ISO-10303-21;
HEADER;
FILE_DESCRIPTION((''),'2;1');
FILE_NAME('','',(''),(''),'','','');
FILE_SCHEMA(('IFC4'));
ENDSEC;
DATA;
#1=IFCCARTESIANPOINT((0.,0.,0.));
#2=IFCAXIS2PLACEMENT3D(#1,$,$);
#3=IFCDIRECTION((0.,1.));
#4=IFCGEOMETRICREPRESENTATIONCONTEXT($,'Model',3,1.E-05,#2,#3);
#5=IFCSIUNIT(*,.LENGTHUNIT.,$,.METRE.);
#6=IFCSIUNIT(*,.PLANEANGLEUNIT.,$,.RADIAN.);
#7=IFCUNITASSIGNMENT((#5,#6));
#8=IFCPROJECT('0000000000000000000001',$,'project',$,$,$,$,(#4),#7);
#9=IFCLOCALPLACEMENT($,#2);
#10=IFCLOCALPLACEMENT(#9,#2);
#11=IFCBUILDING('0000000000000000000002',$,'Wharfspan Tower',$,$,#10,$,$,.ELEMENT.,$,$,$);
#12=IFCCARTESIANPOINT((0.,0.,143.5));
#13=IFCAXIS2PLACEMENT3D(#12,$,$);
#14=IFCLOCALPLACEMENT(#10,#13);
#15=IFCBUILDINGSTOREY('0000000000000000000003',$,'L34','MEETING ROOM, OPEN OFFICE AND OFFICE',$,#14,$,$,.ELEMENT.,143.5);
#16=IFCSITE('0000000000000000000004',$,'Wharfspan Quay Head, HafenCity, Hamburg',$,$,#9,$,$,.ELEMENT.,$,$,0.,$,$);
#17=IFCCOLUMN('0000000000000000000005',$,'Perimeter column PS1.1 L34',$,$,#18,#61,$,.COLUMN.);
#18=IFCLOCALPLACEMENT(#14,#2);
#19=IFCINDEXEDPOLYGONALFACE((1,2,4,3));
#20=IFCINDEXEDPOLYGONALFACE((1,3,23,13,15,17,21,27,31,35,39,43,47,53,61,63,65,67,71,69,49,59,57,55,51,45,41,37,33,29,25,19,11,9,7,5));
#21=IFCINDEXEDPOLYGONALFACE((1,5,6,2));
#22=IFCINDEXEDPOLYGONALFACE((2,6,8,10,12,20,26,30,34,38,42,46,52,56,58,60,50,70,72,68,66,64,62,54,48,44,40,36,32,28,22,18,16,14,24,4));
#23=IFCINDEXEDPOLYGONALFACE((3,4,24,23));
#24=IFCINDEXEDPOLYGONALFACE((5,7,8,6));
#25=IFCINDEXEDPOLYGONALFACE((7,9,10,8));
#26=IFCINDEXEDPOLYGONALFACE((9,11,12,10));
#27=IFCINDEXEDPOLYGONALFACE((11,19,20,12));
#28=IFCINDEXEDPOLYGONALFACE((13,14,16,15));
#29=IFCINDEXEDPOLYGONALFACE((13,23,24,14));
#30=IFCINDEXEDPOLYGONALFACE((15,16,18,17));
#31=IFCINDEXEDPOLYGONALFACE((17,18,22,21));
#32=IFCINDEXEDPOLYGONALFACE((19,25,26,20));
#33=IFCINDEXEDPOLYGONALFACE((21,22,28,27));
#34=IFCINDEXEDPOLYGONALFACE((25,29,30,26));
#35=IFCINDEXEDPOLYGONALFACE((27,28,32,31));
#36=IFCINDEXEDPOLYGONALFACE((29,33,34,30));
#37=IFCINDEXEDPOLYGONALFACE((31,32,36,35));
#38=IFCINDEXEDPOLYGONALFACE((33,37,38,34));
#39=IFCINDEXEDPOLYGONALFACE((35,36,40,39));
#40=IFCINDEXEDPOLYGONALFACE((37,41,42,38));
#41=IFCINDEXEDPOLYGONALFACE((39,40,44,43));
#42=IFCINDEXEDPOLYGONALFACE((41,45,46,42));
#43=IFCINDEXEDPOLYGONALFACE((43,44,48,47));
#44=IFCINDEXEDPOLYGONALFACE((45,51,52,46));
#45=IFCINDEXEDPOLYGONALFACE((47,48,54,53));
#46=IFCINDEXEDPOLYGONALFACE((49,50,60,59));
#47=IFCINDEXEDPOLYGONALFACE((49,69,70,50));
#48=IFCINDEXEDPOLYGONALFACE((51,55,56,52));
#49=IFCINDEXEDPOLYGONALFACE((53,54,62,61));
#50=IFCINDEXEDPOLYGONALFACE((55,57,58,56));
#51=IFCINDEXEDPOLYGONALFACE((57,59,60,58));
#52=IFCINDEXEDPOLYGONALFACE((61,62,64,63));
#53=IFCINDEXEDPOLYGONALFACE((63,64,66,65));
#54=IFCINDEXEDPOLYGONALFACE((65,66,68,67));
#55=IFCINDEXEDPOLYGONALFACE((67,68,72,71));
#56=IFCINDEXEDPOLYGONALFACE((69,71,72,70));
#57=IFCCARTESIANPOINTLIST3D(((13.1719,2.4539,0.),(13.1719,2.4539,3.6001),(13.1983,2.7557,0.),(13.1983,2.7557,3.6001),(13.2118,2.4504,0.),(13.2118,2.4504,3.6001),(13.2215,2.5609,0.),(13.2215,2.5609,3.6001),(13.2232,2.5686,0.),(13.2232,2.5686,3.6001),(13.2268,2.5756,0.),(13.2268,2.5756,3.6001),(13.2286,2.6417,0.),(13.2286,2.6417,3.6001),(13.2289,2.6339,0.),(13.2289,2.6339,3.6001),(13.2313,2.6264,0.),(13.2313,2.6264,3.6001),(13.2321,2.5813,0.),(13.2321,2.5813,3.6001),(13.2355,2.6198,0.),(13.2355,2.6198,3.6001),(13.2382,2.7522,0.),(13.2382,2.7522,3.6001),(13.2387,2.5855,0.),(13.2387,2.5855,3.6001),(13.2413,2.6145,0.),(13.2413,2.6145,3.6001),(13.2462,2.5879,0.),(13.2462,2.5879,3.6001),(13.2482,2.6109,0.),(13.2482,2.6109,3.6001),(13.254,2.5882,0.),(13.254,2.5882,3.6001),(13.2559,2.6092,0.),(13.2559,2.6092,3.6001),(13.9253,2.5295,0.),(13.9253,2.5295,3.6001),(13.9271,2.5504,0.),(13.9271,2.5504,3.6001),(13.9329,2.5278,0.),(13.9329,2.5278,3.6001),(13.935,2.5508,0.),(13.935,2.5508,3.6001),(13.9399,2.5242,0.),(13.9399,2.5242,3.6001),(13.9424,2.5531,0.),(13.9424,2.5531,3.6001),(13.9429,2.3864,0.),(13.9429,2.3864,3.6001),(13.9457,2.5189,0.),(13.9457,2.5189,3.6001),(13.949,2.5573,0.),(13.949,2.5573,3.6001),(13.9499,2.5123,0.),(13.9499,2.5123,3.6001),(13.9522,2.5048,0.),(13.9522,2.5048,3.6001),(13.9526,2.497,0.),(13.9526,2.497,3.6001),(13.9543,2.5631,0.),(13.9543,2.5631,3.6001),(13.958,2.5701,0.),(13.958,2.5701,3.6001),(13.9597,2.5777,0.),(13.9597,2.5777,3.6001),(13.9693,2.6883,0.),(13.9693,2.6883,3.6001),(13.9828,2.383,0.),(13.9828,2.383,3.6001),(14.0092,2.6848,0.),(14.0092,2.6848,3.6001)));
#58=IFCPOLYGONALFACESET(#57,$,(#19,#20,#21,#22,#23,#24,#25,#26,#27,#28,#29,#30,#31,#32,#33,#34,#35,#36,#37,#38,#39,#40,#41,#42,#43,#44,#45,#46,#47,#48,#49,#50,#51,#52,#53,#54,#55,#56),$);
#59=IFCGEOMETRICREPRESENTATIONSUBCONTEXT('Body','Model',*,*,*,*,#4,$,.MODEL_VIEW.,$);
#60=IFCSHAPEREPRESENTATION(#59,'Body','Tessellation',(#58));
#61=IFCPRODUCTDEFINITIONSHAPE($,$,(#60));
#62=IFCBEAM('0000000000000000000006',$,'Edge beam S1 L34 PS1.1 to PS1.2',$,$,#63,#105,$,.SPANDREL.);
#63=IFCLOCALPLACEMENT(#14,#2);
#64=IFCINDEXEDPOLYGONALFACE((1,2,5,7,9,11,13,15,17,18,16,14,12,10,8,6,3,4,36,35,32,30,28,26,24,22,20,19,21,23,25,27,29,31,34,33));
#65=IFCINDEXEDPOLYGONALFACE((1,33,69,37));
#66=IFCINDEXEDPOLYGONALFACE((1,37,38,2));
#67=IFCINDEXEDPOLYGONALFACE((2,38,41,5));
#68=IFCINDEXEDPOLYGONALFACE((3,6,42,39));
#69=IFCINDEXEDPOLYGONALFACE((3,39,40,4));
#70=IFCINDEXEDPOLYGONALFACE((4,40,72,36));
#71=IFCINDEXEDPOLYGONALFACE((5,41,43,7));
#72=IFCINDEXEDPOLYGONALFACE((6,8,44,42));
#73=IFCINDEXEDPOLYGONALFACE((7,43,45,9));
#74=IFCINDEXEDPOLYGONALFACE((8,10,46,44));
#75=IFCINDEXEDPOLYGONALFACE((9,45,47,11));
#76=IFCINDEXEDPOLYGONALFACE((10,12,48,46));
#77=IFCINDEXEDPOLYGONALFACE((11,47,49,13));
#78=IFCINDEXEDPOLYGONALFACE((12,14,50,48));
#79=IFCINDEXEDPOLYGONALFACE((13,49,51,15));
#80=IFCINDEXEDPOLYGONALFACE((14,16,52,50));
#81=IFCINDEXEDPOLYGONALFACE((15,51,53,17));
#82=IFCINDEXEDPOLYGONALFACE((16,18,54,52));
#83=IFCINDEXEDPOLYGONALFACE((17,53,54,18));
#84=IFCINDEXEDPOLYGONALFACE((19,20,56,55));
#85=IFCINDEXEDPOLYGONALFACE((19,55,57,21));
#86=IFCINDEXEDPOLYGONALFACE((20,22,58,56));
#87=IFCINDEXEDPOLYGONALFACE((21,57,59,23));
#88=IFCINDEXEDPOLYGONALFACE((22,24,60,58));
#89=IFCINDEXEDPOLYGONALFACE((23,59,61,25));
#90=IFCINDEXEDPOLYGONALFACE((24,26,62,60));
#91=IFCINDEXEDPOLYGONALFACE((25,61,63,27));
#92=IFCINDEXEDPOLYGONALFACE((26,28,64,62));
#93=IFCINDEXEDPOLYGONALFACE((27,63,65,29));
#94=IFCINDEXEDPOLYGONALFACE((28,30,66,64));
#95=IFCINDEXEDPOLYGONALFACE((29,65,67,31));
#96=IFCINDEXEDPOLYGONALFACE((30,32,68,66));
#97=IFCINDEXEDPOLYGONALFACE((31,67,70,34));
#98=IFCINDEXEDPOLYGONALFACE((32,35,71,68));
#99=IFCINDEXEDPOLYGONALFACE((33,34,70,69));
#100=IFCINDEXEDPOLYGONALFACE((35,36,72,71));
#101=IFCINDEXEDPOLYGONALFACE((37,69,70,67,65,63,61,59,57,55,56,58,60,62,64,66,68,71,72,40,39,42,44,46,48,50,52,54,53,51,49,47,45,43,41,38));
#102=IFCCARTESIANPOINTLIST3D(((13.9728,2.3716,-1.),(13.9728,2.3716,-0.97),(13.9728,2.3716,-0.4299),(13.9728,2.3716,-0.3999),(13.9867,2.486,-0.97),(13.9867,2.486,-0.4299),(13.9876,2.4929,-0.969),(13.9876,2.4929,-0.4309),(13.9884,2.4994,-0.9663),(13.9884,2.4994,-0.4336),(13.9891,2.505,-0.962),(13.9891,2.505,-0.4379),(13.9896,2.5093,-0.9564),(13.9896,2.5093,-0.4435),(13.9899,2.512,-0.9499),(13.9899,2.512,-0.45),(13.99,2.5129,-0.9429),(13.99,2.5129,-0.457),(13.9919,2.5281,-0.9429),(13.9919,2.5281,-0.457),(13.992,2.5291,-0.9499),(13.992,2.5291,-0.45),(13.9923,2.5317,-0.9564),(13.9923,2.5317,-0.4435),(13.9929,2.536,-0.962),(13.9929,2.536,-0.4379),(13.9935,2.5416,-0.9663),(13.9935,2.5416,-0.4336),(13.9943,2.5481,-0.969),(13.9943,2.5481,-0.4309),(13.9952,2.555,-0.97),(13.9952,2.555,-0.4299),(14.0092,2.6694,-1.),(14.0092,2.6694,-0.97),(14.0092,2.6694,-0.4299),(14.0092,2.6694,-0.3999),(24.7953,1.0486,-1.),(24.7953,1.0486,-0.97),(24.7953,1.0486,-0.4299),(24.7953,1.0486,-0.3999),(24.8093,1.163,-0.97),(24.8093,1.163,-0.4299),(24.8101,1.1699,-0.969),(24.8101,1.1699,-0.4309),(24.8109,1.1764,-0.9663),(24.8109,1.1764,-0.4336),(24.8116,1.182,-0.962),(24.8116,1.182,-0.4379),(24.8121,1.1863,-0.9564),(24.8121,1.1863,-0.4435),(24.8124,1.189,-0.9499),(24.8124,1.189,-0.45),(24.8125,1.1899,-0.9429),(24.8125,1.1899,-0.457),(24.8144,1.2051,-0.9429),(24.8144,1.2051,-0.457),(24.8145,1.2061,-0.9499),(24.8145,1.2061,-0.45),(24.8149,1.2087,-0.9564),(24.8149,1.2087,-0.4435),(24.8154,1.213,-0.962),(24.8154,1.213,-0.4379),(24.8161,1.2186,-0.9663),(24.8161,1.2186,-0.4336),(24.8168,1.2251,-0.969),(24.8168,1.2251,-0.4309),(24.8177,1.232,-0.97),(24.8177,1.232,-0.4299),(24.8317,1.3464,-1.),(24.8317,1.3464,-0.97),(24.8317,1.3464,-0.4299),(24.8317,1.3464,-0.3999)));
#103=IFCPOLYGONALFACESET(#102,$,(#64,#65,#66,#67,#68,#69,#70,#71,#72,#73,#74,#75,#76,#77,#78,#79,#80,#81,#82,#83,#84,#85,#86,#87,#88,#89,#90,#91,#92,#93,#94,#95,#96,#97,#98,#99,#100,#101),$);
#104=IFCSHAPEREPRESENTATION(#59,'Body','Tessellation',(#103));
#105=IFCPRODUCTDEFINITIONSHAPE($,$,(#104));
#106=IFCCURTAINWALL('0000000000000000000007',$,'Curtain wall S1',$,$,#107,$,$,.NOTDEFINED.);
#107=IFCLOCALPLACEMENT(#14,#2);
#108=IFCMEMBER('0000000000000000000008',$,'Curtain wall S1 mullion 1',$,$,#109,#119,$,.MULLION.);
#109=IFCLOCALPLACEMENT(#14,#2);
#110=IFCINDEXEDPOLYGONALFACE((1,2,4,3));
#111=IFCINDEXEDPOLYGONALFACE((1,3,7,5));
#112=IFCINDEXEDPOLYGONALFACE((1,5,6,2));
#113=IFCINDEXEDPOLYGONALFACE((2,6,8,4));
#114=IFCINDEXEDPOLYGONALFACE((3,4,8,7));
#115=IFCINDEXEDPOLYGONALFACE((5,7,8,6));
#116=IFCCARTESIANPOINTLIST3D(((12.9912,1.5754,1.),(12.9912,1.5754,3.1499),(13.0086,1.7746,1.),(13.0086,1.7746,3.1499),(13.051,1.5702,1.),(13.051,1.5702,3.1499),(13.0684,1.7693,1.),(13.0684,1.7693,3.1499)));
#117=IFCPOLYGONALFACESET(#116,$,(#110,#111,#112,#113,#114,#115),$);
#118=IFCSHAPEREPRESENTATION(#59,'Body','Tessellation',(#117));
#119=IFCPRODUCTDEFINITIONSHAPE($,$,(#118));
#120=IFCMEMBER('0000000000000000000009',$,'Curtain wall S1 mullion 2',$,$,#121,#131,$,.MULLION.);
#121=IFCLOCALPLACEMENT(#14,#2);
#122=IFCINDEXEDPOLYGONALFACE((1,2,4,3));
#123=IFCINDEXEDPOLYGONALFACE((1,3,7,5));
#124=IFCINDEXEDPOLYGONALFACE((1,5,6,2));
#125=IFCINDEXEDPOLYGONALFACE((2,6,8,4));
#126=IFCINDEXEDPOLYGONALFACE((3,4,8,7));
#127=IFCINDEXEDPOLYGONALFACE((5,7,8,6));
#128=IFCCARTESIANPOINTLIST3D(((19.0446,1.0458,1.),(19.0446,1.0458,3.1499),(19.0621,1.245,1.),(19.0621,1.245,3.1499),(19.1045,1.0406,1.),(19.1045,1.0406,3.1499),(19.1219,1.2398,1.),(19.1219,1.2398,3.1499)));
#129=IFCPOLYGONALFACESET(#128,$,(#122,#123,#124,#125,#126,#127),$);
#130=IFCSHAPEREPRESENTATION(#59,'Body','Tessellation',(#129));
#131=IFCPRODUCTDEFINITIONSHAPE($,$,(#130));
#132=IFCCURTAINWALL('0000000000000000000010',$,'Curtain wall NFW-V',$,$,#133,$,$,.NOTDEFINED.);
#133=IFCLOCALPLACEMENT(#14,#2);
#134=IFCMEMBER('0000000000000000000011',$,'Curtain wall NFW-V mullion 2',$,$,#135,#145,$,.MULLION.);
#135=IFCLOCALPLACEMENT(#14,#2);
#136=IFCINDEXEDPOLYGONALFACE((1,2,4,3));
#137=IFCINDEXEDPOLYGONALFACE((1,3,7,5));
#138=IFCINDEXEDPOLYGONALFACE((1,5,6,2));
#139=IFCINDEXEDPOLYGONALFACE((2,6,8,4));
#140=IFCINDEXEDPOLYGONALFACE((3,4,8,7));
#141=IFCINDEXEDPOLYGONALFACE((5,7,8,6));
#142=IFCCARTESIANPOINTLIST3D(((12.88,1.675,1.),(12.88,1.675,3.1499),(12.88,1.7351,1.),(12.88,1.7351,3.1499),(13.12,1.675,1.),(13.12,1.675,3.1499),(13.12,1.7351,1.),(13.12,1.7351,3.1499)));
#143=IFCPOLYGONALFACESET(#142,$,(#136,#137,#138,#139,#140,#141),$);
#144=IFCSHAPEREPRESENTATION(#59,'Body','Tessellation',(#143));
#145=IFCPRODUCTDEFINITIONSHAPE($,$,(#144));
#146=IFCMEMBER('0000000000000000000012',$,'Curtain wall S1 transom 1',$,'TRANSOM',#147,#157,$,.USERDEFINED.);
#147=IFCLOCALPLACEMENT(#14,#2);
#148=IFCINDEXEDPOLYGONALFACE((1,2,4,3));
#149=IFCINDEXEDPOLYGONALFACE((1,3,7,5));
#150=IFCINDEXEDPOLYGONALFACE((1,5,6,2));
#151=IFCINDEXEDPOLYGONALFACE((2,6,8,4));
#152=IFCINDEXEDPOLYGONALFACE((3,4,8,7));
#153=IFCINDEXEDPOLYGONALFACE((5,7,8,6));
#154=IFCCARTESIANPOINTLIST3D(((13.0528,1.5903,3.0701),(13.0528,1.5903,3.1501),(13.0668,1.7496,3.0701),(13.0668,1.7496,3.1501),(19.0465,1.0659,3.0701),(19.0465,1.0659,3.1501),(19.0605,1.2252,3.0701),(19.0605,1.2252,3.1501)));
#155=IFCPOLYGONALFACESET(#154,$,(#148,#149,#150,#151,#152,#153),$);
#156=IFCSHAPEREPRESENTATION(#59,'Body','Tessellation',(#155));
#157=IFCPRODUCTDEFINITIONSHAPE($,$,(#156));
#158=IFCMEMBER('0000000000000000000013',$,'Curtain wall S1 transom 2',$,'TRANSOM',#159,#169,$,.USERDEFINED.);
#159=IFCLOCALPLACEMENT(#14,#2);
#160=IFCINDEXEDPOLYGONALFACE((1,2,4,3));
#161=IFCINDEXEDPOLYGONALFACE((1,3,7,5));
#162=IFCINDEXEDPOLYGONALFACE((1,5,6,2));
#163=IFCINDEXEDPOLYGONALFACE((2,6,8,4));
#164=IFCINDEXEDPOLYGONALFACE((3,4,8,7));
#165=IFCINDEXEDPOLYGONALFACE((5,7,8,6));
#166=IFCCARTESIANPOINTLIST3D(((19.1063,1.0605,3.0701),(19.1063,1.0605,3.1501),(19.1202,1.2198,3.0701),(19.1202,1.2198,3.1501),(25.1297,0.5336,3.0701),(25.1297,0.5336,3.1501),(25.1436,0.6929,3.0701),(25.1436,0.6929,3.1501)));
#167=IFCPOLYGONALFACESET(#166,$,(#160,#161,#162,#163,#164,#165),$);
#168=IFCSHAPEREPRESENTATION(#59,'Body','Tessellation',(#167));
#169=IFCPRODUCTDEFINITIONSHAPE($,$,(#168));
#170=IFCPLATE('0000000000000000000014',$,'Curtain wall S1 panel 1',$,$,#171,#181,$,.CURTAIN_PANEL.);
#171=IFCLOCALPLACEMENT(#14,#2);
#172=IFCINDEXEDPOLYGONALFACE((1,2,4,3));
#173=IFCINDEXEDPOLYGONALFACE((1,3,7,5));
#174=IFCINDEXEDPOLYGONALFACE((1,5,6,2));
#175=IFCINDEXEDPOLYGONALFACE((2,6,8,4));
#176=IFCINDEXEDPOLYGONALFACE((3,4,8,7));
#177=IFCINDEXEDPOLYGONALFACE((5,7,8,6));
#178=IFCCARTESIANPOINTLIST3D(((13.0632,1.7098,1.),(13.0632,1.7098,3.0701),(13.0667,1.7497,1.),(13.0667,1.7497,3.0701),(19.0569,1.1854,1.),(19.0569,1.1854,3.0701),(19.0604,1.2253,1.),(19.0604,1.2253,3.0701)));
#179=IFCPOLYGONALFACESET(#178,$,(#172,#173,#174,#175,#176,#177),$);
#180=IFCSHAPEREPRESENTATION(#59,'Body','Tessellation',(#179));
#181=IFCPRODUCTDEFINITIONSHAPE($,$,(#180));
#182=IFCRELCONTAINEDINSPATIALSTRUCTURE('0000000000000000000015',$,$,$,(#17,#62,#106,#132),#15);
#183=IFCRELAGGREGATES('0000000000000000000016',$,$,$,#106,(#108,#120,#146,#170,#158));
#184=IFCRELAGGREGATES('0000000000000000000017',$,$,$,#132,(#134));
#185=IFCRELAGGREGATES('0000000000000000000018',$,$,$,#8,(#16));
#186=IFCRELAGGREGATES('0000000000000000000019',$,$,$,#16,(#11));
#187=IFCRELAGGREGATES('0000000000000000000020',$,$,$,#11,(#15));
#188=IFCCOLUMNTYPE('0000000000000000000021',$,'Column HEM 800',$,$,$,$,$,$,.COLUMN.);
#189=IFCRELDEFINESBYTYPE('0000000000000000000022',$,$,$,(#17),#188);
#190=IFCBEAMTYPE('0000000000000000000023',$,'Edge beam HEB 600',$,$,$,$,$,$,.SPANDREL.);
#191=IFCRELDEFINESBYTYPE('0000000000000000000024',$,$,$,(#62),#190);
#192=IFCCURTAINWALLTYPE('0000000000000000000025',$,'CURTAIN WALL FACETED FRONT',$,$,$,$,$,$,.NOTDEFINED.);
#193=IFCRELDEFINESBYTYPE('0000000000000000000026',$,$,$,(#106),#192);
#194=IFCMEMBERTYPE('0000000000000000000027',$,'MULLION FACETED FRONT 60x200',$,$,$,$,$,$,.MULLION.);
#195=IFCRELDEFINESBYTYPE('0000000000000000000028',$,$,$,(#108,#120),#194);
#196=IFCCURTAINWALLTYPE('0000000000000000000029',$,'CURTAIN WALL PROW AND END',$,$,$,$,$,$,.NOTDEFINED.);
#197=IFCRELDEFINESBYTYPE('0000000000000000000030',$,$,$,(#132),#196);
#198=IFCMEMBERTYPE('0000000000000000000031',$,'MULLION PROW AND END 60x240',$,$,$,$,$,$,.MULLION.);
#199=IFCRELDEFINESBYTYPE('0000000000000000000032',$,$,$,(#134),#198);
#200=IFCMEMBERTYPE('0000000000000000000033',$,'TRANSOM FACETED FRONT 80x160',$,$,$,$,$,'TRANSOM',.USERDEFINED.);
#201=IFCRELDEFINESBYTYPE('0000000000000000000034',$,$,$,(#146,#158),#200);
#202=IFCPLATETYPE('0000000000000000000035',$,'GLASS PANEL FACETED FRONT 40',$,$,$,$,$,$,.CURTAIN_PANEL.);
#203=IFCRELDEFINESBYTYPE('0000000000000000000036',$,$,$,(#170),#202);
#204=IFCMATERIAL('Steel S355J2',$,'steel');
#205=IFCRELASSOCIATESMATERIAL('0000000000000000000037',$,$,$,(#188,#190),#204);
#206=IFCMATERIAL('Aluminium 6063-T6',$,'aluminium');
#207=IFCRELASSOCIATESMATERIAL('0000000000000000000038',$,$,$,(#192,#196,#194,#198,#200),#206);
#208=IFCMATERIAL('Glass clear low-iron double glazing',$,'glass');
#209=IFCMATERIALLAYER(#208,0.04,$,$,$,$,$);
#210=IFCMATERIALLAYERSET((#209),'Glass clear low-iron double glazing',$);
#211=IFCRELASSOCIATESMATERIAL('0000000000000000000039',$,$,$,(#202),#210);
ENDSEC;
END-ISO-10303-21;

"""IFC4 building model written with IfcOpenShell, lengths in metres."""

from ifc_helpers import new_model, si_unit, direction, frame, origin, origin_2d, place, context, subcontext, project, spatial, rectangle, i_section, extrude, material, layer, layer_set, material_profile, profile_set, type_object, element, aggregate, save


model = new_model("IFC4")

# Units and contexts
model_context = context("Model", 3, precision=1e-05, world=origin(), true_north=direction((0.0, 1.0)))
body_context = subcontext(model_context, "Body", "Model", "MODEL_VIEW")
ifc_project = project(units=[si_unit("LENGTHUNIT", "METRE"), si_unit("PLANEANGLEUNIT", "RADIAN")], contexts=[model_context])

# Site, building, storey
site_placement = place(None, origin())
site = spatial("IfcSite", under=ifc_project, at=site_placement, Name="Wharfspan Quay Head, HafenCity, Hamburg", CompositionType="ELEMENT", RefElevation=0.0)
building_placement = place(site_placement, origin())
building = spatial("IfcBuilding", under=site, at=building_placement, Name="Wharfspan Tower", CompositionType="ELEMENT")
storey_placement = place(building_placement, frame((0.0, 0.0, 143.5)))
storey = spatial("IfcBuildingStorey", under=building, at=storey_placement, Name="L34", Description="MEETING ROOM, OPEN OFFICE AND OFFICE", CompositionType="ELEMENT", Elevation=143.5)

# Column
ifc_material_1 = material(Name="Steel S355J2", Category="steel")
ifc_material_profile_1 = material_profile(ifc_material_1, i_section(OverallWidth=0.303, OverallDepth=0.814, WebThickness=0.021, FlangeThickness=0.04, FilletRadius=0.03, at=origin_2d()))
ifc_profile_set_1 = profile_set([ifc_material_profile_1], Name="Steel S355J2")
column_type = type_object("IfcColumnType", Name="Column HEM 800", PredefinedType="COLUMN", material=ifc_profile_set_1)
column_placement = place(storey_placement, frame((13.5906, 2.5693, 0.0), z_axis=(0.0, 0.0, 1.0), x_axis=(-0.087156, -0.996198, 0.0)))
element("IfcColumn", 1, at=column_placement, inside=storey, type_object=column_type, Name="Perimeter column PS1.1 L34", PredefinedType="COLUMN", context=body_context, shape_type="SweptSolid", body=[
    extrude(i_section(OverallWidth=0.303, OverallDepth=0.814, WebThickness=0.021, FlangeThickness=0.04, FilletRadius=0.03, at=origin_2d()), origin(), (0.0, 0.0, 1.0), 3.6001),
])

# Beam
ifc_material_profile_2 = material_profile(ifc_material_1, i_section(OverallWidth=0.3, OverallDepth=0.6001, WebThickness=0.0154, FlangeThickness=0.03, FilletRadius=0.0271, at=origin_2d()))
ifc_profile_set_2 = profile_set([ifc_material_profile_2], Name="Steel S355J2")
beam_type = type_object("IfcBeamType", Name="Edge beam HEB 600", PredefinedType="SPANDREL", material=ifc_profile_set_2)
beam_placement = place(storey_placement, frame((13.991, 2.5205, -0.7), z_axis=(0.992611, -0.121342, 0.0), x_axis=(0.121342, 0.992611, 0.0)))
element("IfcBeam", 2, at=beam_placement, inside=storey, type_object=beam_type, Name="Edge beam S1 L34 PS1.1 to PS1.2", PredefinedType="SPANDREL", context=body_context, shape_type="SweptSolid", body=[
    extrude(i_section(OverallWidth=0.3, OverallDepth=0.6001, WebThickness=0.0154, FlangeThickness=0.03, FilletRadius=0.0271, at=origin_2d()), origin(), (0.0, 0.0, 1.0), 10.9031),
])

# Curtain wall, members
ifc_material_2 = material(Name="Aluminium 6063-T6", Category="aluminium")
curtain_wall_type_1 = type_object("IfcCurtainWallType", Name="CURTAIN WALL FACETED FRONT", PredefinedType="NOTDEFINED", material=ifc_material_2)
curtain_wall_1_placement = place(storey_placement, origin())
curtain_wall_1 = element("IfcCurtainWall", 3, at=curtain_wall_1_placement, inside=storey, type_object=curtain_wall_type_1, Name="Curtain wall S1", PredefinedType="NOTDEFINED")
ifc_material_profile_3 = material_profile(ifc_material_2, rectangle(XDim=0.2, YDim=0.0601, at=origin_2d()))
ifc_profile_set_3 = profile_set([ifc_material_profile_3], Name="Aluminium 6063-T6")
member_type_1 = type_object("IfcMemberType", Name="MULLION FACETED FRONT 60x200", PredefinedType="MULLION", material=ifc_profile_set_3)
member_1_placement = place(storey_placement, frame((13.0298, 1.6724, 1.0), z_axis=(0.0, 0.0, 1.0), x_axis=(0.087156, 0.996198, 0.0)))
member_1 = element("IfcMember", 4, at=member_1_placement, type_object=member_type_1, Name="Curtain wall S1 mullion 1", PredefinedType="MULLION", context=body_context, shape_type="SweptSolid", body=[
    extrude(rectangle(XDim=0.2, YDim=0.0601, at=origin_2d()), origin(), (0.0, 0.0, 1.0), 2.1499),
])
member_2_placement = place(storey_placement, frame((19.0833, 1.1428, 1.0), z_axis=(0.0, 0.0, 1.0), x_axis=(0.087156, 0.996198, 0.0)))
member_2 = element("IfcMember", 5, at=member_2_placement, type_object=member_type_1, Name="Curtain wall S1 mullion 2", PredefinedType="MULLION", context=body_context, shape_type="SweptSolid", body=[
    extrude(rectangle(XDim=0.2, YDim=0.0601, at=origin_2d()), origin(), (0.0, 0.0, 1.0), 2.1499),
])

# Curtain wall, member
curtain_wall_type_2 = type_object("IfcCurtainWallType", Name="CURTAIN WALL PROW AND END", PredefinedType="NOTDEFINED", material=ifc_material_2)
curtain_wall_2_placement = place(storey_placement, origin())
curtain_wall_2 = element("IfcCurtainWall", 6, at=curtain_wall_2_placement, inside=storey, type_object=curtain_wall_type_2, Name="Curtain wall NFW-V", PredefinedType="NOTDEFINED")
ifc_material_profile_4 = material_profile(ifc_material_2, rectangle(XDim=0.24, YDim=0.0601, at=origin_2d()))
ifc_profile_set_4 = profile_set([ifc_material_profile_4], Name="Aluminium 6063-T6")
member_type_2 = type_object("IfcMemberType", Name="MULLION PROW AND END 60x240", PredefinedType="MULLION", material=ifc_profile_set_4)
member_3_placement = place(storey_placement, frame((13.0, 1.7051, 1.0), z_axis=(0.0, 0.0, 1.0), x_axis=(1.0, 0.0, 0.0)))
member_3 = element("IfcMember", 7, at=member_3_placement, type_object=member_type_2, Name="Curtain wall NFW-V mullion 2", PredefinedType="MULLION", context=body_context, shape_type="SweptSolid", body=[
    extrude(rectangle(XDim=0.24, YDim=0.0601, at=origin_2d()), origin(), (0.0, 0.0, 1.0), 2.1499),
])

# Members
ifc_material_profile_5 = material_profile(ifc_material_2, rectangle(XDim=0.1599, YDim=0.0801, at=origin_2d()))
ifc_profile_set_5 = profile_set([ifc_material_profile_5], Name="Aluminium 6063-T6")
member_type_3 = type_object("IfcMemberType", Name="TRANSOM FACETED FRONT 80x160", ElementType="TRANSOM", PredefinedType="USERDEFINED", material=ifc_profile_set_5)
member_4_placement = place(storey_placement, frame((13.0598, 1.6699, 3.1101), z_axis=(0.996194, -0.087162, 0.0), x_axis=(0.087162, 0.996194, 0.0)))
member_4 = element("IfcMember", 8, at=member_4_placement, type_object=member_type_3, Name="Curtain wall S1 transom 1", ObjectType="TRANSOM", PredefinedType="USERDEFINED", context=body_context, shape_type="SweptSolid", body=[
    extrude(rectangle(XDim=0.1599, YDim=0.0801, at=origin_2d()), origin(), (0.0, 0.0, 1.0), 6.0166),
])
member_5_placement = place(storey_placement, frame((19.1133, 1.1401, 3.1101), z_axis=(0.996197, -0.087135, 0.0), x_axis=(0.087135, 0.996197, 0.0)))
member_5 = element("IfcMember", 9, at=member_5_placement, type_object=member_type_3, Name="Curtain wall S1 transom 2", ObjectType="TRANSOM", PredefinedType="USERDEFINED", context=body_context, shape_type="SweptSolid", body=[
    extrude(rectangle(XDim=0.1599, YDim=0.0801, at=origin_2d()), origin(), (0.0, 0.0, 1.0), 6.0464),
])

# Plate
ifc_material_3 = material(Name="Glass clear low-iron double glazing", Category="glass")
ifc_layer_1 = layer(ifc_material_3, 0.04)
ifc_layer_set_1 = layer_set([ifc_layer_1], Name="Glass clear low-iron double glazing")
plate_type_1 = type_object("IfcPlateType", Name="GLASS PANEL FACETED FRONT 40", PredefinedType="CURTAIN_PANEL", material=ifc_layer_set_1)
plate_1_placement = place(storey_placement, frame((16.0618, 1.4675, 1.0), z_axis=(0.0, 0.0, 1.0), x_axis=(0.996198, -0.087156, 0.0)))
plate_1 = element("IfcPlate", 10, at=plate_1_placement, type_object=plate_type_1, Name="Curtain wall S1 panel 1", PredefinedType="CURTAIN_PANEL", context=body_context, shape_type="SweptSolid", body=[
    extrude(rectangle(XDim=6.0166, YDim=0.04, at=origin_2d()), origin(), (0.0, 0.0, 1.0), 2.0701),
])
aggregate(curtain_wall_1, [member_1, member_2, member_4, plate_1, member_5])
aggregate(curtain_wall_2, [member_3])

save(model, "model.ifc")
